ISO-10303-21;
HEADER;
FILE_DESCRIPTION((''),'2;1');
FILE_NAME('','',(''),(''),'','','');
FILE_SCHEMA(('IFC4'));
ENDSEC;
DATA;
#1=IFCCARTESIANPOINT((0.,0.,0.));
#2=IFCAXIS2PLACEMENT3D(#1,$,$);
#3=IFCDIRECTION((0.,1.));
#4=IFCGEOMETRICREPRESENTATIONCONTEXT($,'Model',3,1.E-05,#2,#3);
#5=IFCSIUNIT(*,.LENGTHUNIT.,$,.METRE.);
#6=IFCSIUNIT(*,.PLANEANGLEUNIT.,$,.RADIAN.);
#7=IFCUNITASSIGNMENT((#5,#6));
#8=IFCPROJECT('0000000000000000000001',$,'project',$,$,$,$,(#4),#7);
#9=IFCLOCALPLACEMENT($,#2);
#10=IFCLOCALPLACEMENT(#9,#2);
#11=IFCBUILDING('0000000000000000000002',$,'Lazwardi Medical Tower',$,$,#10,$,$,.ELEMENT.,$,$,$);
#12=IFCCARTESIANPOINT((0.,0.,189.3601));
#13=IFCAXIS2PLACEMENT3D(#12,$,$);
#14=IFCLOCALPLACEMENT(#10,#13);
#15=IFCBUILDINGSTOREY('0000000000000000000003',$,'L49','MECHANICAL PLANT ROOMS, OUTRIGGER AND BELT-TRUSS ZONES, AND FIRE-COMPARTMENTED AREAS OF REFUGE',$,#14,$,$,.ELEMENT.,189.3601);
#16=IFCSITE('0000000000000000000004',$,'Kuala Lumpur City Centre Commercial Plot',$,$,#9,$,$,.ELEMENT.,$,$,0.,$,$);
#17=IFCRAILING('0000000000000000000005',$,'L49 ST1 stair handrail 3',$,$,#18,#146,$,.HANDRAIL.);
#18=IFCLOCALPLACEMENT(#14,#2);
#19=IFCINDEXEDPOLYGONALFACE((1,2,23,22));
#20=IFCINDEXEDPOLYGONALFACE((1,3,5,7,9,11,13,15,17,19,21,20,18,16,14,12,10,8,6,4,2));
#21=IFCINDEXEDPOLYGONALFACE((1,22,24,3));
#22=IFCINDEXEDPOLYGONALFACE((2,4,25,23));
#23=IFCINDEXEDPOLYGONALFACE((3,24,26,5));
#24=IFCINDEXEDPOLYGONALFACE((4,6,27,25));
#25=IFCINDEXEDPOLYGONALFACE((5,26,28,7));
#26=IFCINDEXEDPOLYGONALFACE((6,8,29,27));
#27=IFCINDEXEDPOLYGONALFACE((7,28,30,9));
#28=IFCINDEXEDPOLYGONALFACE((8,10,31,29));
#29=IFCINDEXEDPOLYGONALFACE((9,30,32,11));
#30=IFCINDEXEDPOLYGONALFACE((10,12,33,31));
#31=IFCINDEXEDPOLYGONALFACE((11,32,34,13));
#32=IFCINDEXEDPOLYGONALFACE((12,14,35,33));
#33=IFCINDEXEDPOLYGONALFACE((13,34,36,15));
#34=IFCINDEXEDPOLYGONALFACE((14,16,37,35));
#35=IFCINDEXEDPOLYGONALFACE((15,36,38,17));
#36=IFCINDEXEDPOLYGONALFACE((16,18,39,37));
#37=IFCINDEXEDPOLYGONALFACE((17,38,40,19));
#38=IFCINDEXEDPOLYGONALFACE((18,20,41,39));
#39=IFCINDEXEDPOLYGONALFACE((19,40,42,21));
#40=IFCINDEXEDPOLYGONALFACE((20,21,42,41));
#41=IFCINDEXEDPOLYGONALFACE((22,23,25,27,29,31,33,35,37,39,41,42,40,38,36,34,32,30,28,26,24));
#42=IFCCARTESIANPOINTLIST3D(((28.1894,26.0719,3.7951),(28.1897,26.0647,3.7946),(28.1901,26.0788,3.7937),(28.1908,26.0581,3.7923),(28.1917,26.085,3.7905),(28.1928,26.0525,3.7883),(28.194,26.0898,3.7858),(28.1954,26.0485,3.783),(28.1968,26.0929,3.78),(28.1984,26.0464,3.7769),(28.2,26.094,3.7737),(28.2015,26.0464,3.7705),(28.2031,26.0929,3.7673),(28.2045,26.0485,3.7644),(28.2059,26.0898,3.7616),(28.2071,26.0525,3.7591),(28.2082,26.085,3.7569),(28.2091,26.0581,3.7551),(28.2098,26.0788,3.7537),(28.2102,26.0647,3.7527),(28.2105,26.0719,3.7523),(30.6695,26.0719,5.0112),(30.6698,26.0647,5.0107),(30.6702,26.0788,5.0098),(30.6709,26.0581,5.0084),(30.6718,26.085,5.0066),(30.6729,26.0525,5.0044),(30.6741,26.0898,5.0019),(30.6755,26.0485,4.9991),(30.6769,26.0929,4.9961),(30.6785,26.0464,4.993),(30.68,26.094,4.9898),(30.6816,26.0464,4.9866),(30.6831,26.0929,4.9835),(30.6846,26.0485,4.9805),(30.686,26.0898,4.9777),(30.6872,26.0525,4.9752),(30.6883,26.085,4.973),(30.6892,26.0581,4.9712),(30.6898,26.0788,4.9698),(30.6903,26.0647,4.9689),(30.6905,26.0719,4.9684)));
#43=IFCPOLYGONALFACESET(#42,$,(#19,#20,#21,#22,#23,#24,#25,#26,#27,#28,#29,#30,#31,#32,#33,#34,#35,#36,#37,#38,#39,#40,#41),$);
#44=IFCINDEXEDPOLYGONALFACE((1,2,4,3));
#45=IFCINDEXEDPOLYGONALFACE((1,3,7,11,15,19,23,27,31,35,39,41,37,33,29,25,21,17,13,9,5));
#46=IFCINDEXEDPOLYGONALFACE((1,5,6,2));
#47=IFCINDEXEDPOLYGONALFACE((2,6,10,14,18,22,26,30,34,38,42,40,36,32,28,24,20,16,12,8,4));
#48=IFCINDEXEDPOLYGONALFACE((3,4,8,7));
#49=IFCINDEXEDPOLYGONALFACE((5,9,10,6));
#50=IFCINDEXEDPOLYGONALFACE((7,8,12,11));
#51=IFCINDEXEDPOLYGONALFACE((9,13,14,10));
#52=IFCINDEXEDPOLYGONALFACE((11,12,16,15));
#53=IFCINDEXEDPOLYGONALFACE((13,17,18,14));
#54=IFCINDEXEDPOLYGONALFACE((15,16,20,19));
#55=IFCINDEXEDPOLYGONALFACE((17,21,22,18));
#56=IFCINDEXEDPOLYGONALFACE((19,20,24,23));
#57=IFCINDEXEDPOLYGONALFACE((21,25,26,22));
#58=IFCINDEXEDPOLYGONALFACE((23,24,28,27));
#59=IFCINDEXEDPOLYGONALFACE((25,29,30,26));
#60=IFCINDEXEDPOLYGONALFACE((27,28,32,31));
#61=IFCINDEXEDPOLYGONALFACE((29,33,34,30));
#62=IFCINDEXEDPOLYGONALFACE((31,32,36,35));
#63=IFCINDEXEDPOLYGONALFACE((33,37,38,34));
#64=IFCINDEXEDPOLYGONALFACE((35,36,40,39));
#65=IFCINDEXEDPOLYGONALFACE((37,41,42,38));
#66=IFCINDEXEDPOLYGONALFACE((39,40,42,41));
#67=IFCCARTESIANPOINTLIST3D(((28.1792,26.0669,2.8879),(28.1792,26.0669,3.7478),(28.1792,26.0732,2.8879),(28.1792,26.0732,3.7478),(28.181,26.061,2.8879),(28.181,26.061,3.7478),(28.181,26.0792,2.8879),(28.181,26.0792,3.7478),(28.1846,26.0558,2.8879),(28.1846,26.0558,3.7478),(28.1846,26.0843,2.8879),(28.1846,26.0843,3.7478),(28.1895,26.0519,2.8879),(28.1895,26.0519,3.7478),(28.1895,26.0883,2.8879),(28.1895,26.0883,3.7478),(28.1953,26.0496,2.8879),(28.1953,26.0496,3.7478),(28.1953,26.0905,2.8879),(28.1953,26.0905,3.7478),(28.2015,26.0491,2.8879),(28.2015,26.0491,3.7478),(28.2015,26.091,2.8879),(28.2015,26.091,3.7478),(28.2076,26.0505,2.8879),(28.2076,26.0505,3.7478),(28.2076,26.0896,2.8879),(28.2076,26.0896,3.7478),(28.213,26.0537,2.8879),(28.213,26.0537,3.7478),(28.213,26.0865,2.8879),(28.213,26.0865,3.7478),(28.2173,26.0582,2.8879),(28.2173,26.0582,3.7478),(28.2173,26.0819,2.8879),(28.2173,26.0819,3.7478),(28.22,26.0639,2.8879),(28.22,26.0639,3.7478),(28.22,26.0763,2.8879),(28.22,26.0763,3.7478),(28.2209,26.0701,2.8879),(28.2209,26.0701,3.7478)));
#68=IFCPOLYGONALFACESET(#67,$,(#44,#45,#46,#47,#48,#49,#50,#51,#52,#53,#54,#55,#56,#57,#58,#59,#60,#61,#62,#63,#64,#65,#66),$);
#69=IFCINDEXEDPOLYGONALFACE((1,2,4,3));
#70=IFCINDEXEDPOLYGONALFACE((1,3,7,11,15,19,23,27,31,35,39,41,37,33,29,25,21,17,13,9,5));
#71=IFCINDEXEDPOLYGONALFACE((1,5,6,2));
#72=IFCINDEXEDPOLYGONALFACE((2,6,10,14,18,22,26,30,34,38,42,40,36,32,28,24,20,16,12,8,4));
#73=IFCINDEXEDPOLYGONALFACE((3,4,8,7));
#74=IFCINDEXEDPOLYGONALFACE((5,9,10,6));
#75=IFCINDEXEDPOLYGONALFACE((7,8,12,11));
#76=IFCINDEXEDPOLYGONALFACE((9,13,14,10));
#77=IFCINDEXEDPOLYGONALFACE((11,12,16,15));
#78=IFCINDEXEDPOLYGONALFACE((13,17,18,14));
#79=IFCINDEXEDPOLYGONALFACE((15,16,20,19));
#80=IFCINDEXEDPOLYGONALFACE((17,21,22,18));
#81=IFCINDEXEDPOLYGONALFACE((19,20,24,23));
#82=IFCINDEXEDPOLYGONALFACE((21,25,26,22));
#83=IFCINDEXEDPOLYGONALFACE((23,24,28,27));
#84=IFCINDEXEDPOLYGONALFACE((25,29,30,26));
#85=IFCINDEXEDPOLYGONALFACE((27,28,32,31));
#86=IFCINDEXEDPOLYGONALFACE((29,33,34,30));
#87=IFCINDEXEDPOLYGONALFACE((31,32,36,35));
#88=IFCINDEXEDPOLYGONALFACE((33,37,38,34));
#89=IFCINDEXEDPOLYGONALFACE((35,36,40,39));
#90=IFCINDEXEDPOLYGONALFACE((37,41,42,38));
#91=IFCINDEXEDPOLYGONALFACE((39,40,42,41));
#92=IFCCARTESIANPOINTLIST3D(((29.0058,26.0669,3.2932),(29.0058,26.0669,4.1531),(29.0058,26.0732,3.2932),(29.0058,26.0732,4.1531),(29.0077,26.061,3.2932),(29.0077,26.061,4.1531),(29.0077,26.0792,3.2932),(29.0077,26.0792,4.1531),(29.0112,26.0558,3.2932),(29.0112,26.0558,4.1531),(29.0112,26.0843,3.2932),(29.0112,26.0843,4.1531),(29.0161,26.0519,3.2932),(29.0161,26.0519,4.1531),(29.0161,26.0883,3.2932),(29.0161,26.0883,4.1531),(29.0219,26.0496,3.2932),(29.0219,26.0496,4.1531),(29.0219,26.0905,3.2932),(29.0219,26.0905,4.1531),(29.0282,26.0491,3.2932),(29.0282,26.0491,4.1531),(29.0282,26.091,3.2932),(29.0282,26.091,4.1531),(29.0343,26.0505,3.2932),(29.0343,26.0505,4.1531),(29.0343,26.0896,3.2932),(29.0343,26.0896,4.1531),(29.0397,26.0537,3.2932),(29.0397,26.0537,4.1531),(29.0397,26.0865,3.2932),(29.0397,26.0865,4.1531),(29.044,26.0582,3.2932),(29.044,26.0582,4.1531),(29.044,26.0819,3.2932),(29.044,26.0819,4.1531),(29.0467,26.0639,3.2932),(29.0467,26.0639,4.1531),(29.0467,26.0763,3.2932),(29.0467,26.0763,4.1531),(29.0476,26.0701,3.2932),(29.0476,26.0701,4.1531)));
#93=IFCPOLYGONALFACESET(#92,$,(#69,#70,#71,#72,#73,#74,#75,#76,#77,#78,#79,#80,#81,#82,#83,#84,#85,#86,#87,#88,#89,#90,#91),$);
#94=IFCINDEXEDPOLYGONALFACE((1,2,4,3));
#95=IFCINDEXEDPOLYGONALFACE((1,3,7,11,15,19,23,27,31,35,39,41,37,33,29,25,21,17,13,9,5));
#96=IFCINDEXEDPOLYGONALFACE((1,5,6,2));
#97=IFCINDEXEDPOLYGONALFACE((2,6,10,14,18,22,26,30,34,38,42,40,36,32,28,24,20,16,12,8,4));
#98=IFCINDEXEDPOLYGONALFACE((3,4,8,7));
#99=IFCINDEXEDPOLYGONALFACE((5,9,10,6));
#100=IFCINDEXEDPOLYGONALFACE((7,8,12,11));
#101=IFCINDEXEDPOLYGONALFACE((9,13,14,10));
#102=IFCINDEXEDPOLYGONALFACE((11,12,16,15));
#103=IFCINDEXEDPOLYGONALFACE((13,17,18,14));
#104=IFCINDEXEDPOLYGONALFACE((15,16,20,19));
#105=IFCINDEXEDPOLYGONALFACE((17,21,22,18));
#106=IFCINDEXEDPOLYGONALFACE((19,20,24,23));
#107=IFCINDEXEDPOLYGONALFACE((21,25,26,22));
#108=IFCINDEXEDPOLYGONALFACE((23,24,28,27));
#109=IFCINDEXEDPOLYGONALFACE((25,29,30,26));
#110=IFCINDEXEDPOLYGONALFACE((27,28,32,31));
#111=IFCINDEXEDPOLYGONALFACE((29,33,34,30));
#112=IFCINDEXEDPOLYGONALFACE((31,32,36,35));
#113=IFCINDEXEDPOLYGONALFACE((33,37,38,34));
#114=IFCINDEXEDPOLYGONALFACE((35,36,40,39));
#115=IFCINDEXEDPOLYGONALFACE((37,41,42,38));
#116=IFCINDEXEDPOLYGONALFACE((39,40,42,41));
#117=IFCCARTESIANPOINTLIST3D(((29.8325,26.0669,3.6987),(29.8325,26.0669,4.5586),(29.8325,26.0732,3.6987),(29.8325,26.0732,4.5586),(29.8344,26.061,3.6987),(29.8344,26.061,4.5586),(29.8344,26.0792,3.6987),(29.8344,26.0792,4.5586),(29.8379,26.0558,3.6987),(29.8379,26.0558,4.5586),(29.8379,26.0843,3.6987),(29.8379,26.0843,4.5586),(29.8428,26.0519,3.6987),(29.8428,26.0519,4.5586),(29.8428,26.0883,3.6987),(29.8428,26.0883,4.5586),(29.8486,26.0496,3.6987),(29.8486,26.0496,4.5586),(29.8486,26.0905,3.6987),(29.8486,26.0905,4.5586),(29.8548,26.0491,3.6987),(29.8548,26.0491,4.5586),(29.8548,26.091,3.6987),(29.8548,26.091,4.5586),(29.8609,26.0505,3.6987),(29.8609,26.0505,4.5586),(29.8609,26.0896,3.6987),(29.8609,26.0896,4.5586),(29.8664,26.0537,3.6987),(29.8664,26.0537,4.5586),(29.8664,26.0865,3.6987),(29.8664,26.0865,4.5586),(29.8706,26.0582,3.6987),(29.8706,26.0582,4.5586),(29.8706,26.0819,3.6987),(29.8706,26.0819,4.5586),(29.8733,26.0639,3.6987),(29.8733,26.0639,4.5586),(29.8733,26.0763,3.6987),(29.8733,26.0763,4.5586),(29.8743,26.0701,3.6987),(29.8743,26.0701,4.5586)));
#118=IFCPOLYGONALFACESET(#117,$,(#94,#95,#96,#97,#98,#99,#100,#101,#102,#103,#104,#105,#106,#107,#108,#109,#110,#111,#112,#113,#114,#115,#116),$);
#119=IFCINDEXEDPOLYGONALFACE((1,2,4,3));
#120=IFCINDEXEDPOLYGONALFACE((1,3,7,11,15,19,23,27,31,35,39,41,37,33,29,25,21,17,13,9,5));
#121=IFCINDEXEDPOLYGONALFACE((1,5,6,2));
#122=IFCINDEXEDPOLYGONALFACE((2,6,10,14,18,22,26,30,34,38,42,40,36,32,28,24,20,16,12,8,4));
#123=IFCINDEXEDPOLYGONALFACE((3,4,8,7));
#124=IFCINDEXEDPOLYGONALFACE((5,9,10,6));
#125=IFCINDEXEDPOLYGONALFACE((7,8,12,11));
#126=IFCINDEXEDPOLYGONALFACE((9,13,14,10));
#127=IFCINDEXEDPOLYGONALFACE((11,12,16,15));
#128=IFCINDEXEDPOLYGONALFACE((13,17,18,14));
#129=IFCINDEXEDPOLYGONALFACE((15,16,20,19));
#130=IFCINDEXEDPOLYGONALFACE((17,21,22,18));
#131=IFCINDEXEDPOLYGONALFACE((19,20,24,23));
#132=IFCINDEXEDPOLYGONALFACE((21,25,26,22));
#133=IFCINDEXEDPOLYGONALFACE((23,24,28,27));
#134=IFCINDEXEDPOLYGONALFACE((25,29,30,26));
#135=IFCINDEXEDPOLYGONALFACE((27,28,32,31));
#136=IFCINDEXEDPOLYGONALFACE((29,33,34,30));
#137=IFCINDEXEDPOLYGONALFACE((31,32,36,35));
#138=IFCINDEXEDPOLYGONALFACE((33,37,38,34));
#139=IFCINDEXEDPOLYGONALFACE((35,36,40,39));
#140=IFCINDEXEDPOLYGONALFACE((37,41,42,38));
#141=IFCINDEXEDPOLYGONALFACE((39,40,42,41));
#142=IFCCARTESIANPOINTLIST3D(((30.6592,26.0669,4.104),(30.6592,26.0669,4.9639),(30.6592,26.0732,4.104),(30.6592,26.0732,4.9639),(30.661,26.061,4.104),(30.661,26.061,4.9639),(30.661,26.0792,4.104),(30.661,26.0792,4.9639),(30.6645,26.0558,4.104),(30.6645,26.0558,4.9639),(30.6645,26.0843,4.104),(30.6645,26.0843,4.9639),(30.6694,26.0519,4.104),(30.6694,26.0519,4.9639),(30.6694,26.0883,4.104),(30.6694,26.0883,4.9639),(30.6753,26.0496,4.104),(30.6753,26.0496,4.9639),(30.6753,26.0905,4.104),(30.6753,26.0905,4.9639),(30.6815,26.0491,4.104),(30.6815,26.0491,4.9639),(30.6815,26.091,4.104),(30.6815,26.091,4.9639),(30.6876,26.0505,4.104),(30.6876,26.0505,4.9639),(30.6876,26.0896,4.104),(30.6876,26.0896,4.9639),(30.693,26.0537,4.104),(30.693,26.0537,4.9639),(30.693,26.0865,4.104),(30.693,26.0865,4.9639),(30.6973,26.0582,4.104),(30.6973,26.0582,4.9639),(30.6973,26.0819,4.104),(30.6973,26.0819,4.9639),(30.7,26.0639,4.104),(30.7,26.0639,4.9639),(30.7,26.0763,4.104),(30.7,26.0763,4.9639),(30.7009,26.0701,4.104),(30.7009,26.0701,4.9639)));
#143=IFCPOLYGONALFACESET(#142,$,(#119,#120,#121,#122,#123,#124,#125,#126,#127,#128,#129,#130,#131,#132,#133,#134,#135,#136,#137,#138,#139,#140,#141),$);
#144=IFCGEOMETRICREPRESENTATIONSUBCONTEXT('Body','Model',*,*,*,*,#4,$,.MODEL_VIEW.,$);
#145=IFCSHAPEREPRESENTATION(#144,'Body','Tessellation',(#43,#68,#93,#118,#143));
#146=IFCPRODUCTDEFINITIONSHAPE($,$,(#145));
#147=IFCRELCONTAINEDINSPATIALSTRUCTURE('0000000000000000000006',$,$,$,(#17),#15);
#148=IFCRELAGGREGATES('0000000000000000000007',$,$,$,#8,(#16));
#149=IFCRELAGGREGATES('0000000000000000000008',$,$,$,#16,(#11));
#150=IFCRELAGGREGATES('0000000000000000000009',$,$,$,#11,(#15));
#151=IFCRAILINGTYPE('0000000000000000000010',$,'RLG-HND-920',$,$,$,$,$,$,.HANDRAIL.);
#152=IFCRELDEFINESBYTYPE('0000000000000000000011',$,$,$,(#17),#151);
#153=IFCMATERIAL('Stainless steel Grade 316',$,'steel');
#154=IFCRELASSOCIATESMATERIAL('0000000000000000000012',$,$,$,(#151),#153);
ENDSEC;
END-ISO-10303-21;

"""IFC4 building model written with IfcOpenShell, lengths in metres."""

from ifc_helpers import new_model, si_unit, direction, frame, origin, origin_2d, place, context, subcontext, project, spatial, circle, extrude, material, type_object, element, save


model = new_model("IFC4")

# Units and contexts
model_context = context("Model", 3, precision=1e-05, world=origin(), true_north=direction((0.0, 1.0)))
body_context = subcontext(model_context, "Body", "Model", "MODEL_VIEW")
ifc_project = project(units=[si_unit("LENGTHUNIT", "METRE"), si_unit("PLANEANGLEUNIT", "RADIAN")], contexts=[model_context])

# Site, building, storey
site_placement = place(None, origin())
site = spatial("IfcSite", under=ifc_project, at=site_placement, Name="Kuala Lumpur City Centre Commercial Plot", CompositionType="ELEMENT", RefElevation=0.0)
building_placement = place(site_placement, origin())
building = spatial("IfcBuilding", under=site, at=building_placement, Name="Lazwardi Medical Tower", CompositionType="ELEMENT")
storey_placement = place(building_placement, frame((0.0, 0.0, 189.3601)))
storey = spatial("IfcBuildingStorey", under=building, at=storey_placement, Name="L49", Description="MECHANICAL PLANT ROOMS, OUTRIGGER AND BELT-TRUSS ZONES, AND FIRE-COMPARTMENTED AREAS OF REFUGE", CompositionType="ELEMENT", Elevation=189.3601)

# Railing
ifc_material_1 = material(Name="Stainless steel Grade 316", Category="steel")
railing_type = type_object("IfcRailingType", Name="RLG-HND-920", PredefinedType="HANDRAIL", material=ifc_material_1)
for number, where, name in (
    (1, (28.2, 26.0701, 2.8879), "L49 ST1 stair handrail 3"),
):
    element("IfcRailing", number, at=place(storey_placement, frame(where)), inside=storey, type_object=railing_type, Name=name, PredefinedType="HANDRAIL", context=body_context, shape_type="SweptSolid", body=[
        extrude(circle(Radius=0.0239, at=origin_2d()), frame((0.0, 0.0, 0.8857), z_axis=(0.897865, 0.0, 0.44027), x_axis=(0.0, 1.0, 0.0)), (0.0, 0.0, 1.0), 2.7622),
        extrude(circle(Radius=0.021, at=origin_2d()), origin(), (0.0, 0.0, 1.0), 0.8599),
        extrude(circle(Radius=0.021, at=origin_2d()), frame((0.8267, 0.0, 0.4053)), (0.0, 0.0, 1.0), 0.8599),
        extrude(circle(Radius=0.021, at=origin_2d()), frame((1.6533, 0.0, 0.8108)), (0.0, 0.0, 1.0), 0.8599),
        extrude(circle(Radius=0.021, at=origin_2d()), frame((2.48, 0.0, 1.2161)), (0.0, 0.0, 1.0), 0.8599),
    ])

save(model, "model.ifc")
